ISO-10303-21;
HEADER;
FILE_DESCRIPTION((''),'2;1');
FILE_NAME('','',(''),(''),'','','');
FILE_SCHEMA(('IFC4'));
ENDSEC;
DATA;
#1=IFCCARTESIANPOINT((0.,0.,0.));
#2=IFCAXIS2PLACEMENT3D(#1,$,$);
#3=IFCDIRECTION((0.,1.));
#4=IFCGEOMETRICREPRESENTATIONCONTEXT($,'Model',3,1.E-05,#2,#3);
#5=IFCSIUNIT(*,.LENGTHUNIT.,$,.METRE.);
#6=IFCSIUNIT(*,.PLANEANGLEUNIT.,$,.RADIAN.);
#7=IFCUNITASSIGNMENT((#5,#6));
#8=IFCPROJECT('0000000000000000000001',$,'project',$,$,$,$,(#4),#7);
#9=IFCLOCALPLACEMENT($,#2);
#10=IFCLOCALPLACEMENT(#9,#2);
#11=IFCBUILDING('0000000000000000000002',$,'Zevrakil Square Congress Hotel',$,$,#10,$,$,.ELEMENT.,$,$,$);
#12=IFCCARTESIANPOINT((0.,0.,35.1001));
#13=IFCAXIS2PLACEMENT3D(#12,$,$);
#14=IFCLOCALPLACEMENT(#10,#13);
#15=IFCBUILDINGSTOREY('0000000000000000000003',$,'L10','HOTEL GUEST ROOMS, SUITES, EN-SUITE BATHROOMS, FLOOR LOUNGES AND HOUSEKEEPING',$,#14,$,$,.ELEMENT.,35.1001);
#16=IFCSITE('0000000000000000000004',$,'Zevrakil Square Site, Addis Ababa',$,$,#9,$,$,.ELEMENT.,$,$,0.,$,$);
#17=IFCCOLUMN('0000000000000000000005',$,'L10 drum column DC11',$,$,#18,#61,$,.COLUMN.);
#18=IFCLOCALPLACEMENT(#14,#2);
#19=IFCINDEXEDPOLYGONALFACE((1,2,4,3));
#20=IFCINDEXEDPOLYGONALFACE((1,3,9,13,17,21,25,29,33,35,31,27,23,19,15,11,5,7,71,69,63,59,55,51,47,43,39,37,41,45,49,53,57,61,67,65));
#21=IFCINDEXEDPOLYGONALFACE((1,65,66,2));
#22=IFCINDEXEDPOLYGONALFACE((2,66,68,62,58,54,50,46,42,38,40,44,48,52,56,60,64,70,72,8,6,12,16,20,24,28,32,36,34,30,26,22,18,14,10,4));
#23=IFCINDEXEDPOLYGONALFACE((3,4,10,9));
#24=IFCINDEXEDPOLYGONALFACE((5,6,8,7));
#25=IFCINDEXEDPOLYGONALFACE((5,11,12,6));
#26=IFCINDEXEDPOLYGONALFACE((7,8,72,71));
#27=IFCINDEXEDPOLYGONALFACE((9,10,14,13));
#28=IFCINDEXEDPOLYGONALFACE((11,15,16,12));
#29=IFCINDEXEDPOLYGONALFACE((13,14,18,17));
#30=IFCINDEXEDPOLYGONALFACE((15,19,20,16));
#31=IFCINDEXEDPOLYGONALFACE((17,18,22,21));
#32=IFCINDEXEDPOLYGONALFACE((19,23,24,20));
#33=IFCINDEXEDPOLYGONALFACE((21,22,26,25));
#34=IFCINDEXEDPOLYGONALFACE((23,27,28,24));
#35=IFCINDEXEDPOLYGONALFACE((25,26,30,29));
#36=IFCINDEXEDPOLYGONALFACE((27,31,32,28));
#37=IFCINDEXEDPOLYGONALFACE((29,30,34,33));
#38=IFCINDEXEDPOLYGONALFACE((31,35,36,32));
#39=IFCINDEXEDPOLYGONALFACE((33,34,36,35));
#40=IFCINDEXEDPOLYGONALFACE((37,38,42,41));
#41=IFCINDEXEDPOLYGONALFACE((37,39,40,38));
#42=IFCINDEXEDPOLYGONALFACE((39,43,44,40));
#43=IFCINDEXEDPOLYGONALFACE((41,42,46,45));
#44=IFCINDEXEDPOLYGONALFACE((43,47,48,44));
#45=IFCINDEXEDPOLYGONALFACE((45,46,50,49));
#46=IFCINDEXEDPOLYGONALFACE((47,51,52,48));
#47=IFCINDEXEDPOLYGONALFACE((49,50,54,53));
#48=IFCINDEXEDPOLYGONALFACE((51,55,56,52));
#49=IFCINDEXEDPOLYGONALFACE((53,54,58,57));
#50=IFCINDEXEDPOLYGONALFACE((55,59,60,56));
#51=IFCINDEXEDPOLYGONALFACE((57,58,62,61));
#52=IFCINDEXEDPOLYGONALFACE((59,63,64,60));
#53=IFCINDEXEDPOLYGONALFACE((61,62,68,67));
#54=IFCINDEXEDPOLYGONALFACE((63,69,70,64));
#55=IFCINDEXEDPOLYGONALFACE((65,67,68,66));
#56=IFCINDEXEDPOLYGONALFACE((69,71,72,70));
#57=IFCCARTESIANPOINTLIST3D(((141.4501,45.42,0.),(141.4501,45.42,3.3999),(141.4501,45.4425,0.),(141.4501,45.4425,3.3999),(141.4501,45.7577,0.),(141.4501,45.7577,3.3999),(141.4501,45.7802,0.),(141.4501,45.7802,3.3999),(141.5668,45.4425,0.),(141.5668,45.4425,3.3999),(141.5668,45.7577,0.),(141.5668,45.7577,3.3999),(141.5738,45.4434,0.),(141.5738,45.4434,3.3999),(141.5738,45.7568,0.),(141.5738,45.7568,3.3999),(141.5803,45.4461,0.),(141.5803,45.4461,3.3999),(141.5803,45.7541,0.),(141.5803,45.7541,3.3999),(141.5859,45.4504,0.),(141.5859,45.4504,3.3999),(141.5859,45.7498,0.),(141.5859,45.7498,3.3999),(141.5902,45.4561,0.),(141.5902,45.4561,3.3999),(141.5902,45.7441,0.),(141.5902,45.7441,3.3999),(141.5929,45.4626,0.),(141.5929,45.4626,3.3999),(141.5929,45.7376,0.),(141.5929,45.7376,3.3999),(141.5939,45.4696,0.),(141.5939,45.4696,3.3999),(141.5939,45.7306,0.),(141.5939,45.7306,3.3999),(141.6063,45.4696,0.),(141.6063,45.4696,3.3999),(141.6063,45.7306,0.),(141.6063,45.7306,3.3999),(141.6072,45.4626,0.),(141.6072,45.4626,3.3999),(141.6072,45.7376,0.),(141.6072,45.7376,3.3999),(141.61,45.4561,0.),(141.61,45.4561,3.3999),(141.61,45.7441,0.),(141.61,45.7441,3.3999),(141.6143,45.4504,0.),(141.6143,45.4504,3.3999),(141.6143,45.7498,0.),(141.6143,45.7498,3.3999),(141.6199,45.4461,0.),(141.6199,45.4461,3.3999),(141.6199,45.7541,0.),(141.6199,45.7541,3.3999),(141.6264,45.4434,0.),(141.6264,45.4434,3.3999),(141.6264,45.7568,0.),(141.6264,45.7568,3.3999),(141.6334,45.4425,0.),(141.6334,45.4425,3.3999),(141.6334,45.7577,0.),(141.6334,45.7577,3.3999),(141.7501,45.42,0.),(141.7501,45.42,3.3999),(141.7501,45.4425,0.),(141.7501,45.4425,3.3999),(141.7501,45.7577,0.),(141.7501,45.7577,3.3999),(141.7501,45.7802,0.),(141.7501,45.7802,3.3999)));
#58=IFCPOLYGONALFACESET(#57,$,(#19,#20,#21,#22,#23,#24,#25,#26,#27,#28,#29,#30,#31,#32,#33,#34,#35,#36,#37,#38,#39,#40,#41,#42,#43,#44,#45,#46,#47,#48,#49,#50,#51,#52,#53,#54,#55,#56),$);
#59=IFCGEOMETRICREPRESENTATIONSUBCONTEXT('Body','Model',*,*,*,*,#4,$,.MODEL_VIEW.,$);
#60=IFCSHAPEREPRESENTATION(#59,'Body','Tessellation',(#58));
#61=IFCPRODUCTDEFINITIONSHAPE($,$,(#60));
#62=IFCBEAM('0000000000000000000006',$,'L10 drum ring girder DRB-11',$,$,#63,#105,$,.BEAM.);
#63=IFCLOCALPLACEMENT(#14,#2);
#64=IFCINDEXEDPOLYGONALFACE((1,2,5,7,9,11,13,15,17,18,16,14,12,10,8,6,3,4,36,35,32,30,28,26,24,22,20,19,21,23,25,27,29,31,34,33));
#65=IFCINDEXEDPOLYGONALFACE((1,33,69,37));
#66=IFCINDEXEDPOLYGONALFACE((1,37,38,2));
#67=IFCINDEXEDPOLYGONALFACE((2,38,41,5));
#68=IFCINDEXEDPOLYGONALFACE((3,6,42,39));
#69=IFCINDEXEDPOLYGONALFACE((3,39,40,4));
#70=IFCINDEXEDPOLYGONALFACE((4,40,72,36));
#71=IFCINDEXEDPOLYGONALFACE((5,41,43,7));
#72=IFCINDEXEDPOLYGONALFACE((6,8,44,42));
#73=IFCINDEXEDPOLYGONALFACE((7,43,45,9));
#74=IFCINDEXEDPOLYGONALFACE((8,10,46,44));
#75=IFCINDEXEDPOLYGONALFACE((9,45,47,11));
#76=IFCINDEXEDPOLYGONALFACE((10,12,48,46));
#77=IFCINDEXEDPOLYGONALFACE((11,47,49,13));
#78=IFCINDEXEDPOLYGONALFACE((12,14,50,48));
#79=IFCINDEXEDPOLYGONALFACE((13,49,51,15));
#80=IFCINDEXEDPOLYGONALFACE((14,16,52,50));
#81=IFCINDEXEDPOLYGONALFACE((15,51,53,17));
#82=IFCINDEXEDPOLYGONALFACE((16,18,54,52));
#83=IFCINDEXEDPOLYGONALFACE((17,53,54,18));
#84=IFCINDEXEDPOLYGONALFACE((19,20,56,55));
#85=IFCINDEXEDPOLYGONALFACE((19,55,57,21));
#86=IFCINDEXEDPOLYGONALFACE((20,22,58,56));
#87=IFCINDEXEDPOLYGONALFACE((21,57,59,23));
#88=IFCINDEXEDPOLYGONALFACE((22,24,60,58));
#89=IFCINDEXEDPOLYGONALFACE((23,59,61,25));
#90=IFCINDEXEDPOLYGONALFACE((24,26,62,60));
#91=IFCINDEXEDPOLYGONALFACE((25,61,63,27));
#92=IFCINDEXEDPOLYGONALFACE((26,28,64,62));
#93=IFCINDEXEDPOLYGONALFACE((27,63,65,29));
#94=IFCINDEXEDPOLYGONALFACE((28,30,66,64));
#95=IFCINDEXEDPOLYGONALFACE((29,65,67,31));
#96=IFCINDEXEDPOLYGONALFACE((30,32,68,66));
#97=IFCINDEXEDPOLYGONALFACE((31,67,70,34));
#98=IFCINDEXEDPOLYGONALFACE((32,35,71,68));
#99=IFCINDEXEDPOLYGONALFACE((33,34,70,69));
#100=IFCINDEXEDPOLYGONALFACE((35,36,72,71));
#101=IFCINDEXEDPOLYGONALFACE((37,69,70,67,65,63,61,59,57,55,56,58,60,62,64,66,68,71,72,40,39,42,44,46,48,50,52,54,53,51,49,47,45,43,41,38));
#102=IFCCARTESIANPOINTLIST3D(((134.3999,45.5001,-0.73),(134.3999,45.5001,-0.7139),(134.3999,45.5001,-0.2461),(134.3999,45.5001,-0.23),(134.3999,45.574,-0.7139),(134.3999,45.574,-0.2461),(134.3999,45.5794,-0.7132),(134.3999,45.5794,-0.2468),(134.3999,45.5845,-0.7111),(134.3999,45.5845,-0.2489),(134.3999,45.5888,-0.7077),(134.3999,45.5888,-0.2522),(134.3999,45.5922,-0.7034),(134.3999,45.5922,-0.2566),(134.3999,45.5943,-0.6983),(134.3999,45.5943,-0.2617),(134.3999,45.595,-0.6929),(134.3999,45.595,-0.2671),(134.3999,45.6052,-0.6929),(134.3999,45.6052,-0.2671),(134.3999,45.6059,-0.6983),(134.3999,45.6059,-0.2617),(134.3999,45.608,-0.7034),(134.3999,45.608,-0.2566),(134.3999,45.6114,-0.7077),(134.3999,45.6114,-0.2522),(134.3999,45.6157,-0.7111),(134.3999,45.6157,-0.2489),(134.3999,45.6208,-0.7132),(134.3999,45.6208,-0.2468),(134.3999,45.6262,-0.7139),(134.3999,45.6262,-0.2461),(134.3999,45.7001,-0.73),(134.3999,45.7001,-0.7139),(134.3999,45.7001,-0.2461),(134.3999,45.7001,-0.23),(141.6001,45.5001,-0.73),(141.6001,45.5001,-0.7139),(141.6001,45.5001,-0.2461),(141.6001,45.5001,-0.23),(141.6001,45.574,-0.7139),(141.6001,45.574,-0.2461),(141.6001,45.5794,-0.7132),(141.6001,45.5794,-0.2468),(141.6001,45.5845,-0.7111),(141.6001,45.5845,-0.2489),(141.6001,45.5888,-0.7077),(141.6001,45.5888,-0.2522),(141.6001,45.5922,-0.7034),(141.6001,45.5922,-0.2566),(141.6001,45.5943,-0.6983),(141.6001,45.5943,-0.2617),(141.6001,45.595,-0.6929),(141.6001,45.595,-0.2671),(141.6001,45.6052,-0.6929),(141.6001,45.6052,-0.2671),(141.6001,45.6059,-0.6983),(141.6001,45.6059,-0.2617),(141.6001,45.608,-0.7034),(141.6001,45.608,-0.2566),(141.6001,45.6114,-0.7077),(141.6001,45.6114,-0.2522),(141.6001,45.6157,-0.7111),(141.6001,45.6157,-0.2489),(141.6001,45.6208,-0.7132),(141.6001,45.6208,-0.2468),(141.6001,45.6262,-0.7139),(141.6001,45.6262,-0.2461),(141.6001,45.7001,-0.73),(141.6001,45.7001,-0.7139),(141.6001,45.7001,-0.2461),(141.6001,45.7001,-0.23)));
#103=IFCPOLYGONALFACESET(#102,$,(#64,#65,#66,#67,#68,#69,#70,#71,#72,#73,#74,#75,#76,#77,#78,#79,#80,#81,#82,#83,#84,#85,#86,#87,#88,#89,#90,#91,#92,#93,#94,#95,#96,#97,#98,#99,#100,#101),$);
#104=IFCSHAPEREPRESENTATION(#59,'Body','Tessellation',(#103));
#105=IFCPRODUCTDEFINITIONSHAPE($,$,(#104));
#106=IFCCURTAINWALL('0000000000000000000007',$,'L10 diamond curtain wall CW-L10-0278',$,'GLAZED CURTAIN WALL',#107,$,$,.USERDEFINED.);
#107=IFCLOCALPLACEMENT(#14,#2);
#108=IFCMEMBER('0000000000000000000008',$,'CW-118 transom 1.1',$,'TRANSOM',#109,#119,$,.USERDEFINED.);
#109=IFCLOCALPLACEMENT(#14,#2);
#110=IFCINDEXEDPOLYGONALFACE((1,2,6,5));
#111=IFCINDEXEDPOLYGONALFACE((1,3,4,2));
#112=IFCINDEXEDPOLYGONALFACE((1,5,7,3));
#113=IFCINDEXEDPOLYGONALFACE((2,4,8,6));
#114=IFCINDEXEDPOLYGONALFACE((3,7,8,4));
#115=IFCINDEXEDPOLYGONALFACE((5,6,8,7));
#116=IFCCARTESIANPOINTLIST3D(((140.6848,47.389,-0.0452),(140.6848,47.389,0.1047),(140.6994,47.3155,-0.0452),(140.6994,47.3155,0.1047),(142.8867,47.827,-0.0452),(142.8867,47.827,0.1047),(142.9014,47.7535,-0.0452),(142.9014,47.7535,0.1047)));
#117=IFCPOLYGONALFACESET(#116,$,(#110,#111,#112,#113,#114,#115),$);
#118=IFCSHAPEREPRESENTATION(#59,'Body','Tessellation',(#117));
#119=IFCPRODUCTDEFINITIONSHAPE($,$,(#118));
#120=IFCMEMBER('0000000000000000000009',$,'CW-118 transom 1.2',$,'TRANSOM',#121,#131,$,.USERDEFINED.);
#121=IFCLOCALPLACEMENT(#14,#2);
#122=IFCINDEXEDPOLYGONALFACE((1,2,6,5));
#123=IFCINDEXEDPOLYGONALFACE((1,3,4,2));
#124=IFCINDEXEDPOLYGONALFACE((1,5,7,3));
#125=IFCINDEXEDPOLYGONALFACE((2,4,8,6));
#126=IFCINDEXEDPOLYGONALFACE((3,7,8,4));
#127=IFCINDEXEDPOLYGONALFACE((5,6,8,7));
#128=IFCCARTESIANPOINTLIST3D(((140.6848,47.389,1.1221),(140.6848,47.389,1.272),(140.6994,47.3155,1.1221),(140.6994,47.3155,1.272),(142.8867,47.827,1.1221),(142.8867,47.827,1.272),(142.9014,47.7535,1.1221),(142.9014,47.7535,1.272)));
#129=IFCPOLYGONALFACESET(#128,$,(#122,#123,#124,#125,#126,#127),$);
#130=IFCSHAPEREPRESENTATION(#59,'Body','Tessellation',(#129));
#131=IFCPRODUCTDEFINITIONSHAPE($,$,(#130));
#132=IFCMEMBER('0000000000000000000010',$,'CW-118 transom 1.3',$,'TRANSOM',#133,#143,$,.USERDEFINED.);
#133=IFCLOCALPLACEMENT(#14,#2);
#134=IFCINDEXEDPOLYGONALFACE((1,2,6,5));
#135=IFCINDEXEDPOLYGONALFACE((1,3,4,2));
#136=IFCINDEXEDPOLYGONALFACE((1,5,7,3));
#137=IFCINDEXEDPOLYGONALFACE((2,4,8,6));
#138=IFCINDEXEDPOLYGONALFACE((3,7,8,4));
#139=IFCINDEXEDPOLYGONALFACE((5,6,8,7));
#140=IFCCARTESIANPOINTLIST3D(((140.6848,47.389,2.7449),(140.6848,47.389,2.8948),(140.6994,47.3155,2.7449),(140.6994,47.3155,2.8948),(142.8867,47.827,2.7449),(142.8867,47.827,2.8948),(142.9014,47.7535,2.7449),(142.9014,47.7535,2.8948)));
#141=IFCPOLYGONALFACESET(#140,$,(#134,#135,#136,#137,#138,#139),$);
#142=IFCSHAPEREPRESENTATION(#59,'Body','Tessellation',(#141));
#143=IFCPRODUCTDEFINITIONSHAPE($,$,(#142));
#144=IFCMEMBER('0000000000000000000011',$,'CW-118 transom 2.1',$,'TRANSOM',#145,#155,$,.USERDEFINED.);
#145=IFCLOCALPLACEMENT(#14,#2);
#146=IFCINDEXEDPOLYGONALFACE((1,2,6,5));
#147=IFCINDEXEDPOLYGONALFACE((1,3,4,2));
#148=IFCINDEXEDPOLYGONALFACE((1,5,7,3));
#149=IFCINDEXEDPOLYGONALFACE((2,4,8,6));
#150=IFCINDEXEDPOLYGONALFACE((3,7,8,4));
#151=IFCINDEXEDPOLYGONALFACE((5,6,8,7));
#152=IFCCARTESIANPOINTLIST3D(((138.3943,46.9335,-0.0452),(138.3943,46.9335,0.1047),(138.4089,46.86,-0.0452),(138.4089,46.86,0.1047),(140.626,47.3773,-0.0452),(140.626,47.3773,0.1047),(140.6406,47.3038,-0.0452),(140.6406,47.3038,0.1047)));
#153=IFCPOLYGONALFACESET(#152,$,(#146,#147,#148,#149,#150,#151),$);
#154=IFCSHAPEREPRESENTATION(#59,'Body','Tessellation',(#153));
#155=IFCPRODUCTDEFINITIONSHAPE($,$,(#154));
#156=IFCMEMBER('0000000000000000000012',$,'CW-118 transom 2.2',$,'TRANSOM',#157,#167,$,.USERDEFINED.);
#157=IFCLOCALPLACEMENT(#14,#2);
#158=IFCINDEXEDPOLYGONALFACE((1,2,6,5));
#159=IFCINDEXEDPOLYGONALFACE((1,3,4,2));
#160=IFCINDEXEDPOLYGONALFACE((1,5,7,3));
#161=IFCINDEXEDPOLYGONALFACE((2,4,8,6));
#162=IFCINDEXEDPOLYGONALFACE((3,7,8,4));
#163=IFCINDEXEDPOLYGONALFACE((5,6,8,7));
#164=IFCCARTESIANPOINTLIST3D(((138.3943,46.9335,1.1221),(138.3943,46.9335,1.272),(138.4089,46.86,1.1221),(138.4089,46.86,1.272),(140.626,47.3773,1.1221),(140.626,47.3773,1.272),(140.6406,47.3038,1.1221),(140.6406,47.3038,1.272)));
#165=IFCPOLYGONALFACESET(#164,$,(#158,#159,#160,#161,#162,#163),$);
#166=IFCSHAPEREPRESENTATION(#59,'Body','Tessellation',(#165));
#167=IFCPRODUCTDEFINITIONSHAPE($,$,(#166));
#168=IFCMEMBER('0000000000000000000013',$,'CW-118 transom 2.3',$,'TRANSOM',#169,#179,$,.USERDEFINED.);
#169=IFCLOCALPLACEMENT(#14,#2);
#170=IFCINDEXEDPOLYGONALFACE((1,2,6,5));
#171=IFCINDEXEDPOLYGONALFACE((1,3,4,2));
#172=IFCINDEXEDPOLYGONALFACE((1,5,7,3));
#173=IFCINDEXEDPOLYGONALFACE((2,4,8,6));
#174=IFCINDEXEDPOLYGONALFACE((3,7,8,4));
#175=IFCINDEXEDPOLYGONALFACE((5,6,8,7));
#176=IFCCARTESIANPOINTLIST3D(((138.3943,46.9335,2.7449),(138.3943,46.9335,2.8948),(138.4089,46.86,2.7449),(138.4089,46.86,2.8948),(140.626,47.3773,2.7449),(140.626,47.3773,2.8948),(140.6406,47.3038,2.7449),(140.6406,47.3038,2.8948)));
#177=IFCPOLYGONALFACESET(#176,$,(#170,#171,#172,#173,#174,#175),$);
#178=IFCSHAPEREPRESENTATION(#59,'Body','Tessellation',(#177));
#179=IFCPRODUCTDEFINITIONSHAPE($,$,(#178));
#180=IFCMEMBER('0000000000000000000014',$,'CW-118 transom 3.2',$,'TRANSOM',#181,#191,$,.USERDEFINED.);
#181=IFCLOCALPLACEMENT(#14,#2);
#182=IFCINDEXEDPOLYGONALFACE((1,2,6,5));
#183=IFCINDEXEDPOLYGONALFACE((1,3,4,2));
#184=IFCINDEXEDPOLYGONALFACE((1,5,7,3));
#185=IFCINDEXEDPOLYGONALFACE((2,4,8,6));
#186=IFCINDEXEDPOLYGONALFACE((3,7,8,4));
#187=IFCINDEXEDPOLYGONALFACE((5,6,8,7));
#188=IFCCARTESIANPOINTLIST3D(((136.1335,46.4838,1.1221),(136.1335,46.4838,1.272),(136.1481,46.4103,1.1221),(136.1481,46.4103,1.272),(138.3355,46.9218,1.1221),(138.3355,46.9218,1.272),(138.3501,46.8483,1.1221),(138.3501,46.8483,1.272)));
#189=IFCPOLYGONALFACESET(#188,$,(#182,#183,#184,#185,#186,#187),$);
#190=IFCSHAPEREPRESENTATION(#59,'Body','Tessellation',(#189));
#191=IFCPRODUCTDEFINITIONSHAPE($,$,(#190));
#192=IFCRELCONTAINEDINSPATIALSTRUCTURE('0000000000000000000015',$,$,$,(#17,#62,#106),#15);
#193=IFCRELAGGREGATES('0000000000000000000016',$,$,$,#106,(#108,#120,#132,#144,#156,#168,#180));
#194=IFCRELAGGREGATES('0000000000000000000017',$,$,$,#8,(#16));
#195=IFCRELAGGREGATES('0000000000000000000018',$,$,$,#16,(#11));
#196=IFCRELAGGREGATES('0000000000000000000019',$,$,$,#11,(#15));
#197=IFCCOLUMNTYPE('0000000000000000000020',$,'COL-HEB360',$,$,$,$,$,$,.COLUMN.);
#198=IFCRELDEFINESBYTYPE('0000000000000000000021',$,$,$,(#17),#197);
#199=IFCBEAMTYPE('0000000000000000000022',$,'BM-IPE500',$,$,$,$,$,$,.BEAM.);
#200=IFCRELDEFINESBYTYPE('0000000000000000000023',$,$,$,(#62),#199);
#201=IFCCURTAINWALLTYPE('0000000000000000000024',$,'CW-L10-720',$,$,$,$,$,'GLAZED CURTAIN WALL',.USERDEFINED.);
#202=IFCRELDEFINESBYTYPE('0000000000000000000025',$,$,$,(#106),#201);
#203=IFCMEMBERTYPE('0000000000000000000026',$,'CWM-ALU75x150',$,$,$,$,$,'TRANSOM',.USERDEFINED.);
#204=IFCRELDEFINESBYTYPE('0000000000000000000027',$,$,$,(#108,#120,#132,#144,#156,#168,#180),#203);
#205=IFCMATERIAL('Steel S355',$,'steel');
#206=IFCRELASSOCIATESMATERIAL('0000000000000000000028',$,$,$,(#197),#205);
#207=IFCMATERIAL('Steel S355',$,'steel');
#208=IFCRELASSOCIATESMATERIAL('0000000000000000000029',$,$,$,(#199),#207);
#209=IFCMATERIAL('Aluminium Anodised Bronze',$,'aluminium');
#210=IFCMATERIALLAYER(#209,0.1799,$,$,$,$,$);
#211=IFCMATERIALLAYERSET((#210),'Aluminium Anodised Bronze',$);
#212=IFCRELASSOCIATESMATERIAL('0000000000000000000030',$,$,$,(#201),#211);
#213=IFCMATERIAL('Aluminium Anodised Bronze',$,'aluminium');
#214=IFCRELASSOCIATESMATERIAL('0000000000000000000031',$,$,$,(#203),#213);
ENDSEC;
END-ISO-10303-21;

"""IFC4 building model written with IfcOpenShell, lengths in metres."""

from ifc_helpers import new_model, si_unit, direction, frame, origin, origin_2d, place, context, subcontext, project, spatial, rectangle, i_section, extrude, material, layer, layer_set, material_profile, profile_set, type_object, element, aggregate, save


model = new_model("IFC4")

# Units and contexts
model_context = context("Model", 3, precision=1e-05, world=origin(), true_north=direction((0.0, 1.0)))
body_context = subcontext(model_context, "Body", "Model", "MODEL_VIEW")
ifc_project = project(units=[si_unit("LENGTHUNIT", "METRE"), si_unit("PLANEANGLEUNIT", "RADIAN")], contexts=[model_context])

# Site, building, storey
site_placement = place(None, origin())
site = spatial("IfcSite", under=ifc_project, at=site_placement, Name="Zevrakil Square Site, Addis Ababa", CompositionType="ELEMENT", RefElevation=0.0)
building_placement = place(site_placement, origin())
building = spatial("IfcBuilding", under=site, at=building_placement, Name="Zevrakil Square Congress Hotel", CompositionType="ELEMENT")
storey_placement = place(building_placement, frame((0.0, 0.0, 35.1001)))
storey = spatial("IfcBuildingStorey", under=building, at=storey_placement, Name="L10", Description="HOTEL GUEST ROOMS, SUITES, EN-SUITE BATHROOMS, FLOOR LOUNGES AND HOUSEKEEPING", CompositionType="ELEMENT", Elevation=35.1001)

# Column
ifc_material_1 = material(Name="Steel S355", Category="steel")
ifc_material_profile_1 = material_profile(ifc_material_1, i_section(OverallWidth=0.3, OverallDepth=0.3601, WebThickness=0.0125, FlangeThickness=0.0225, FilletRadius=0.0271, at=origin_2d()), Name="HEB 360")
ifc_profile_set_1 = profile_set([ifc_material_profile_1], Name="Steel S355")
column_type = type_object("IfcColumnType", Name="COL-HEB360", PredefinedType="COLUMN", material=ifc_profile_set_1)
column_placement = place(storey_placement, frame((141.6001, 45.6001, 0.0), z_axis=(0.0, 0.0, 1.0), x_axis=(1.0, 0.0, 0.0)))
element("IfcColumn", 1, at=column_placement, inside=storey, type_object=column_type, Name="L10 drum column DC11", PredefinedType="COLUMN", context=body_context, shape_type="SweptSolid", body=[
    extrude(i_section(OverallWidth=0.3, OverallDepth=0.3601, WebThickness=0.0125, FlangeThickness=0.0225, FilletRadius=0.0271, at=origin_2d()), origin(), (0.0, 0.0, 1.0), 3.3999),
])

# Beam
ifc_material_2 = material(Name="Steel S355", Category="steel")
ifc_material_profile_2 = material_profile(ifc_material_2, i_section(OverallWidth=0.2, OverallDepth=0.5, WebThickness=0.0103, FlangeThickness=0.0161, FilletRadius=0.021, at=origin_2d()), Name="IPE 500")
ifc_profile_set_2 = profile_set([ifc_material_profile_2], Name="Steel S355")
beam_type_1 = type_object("IfcBeamType", Name="BM-IPE500", PredefinedType="BEAM", material=ifc_profile_set_2)
beam_1_placement = place(storey_placement, frame((141.6001, 45.6001, -0.48), z_axis=(-1.0, 0.0, 0.0), x_axis=(0.0, -1.0, 0.0)))
element("IfcBeam", 2, at=beam_1_placement, inside=storey, type_object=beam_type_1, Name="L10 drum ring girder DRB-11", PredefinedType="BEAM", context=body_context, shape_type="SweptSolid", body=[
    extrude(i_section(OverallWidth=0.2, OverallDepth=0.5, WebThickness=0.0103, FlangeThickness=0.0161, FilletRadius=0.021, at=origin_2d()), origin(), (0.0, 0.0, 1.0), 7.2002),
])

# Curtain wall, members
ifc_material_3 = material(Name="Aluminium Anodised Bronze", Category="aluminium")
ifc_layer_1 = layer(ifc_material_3, 0.1799)
ifc_layer_set_1 = layer_set([ifc_layer_1], Name="Aluminium Anodised Bronze")
curtain_wall_type_1 = type_object("IfcCurtainWallType", Name="CW-L10-720", ElementType="GLAZED CURTAIN WALL", PredefinedType="USERDEFINED", material=ifc_layer_set_1)
curtain_wall_1_placement = place(storey_placement, origin())
curtain_wall_1 = element("IfcCurtainWall", 3, at=curtain_wall_1_placement, inside=storey, type_object=curtain_wall_type_1, Name="L10 diamond curtain wall CW-L10-0278", ObjectType="GLAZED CURTAIN WALL", PredefinedType="USERDEFINED")
ifc_material_4 = material(Name="Aluminium Anodised Bronze", Category="aluminium")
ifc_material_profile_3 = material_profile(ifc_material_4, rectangle(XDim=0.075, YDim=0.1499, at=origin_2d()), Name="ALU 75x150")
ifc_profile_set_3 = profile_set([ifc_material_profile_3], Name="Aluminium Anodised Bronze")
member_type_1 = type_object("IfcMemberType", Name="CWM-ALU75x150", ElementType="TRANSOM", PredefinedType="USERDEFINED", material=ifc_profile_set_3)
member_1_placement = place(storey_placement, frame((142.894, 47.7903, 0.0298), z_axis=(-0.980785, -0.195091, 0.0), x_axis=(0.195091, -0.980785, 0.0)))
member_1 = element("IfcMember", 4, at=member_1_placement, type_object=member_type_1, Name="CW-118 transom 1.1", ObjectType="TRANSOM", PredefinedType="USERDEFINED", context=body_context, shape_type="SweptSolid", body=[
    extrude(rectangle(XDim=0.075, YDim=0.1499, at=origin_2d()), origin(), (0.0, 0.0, 1.0), 2.2451),
])
member_2_placement = place(storey_placement, frame((142.894, 47.7903, 1.197), z_axis=(-0.980785, -0.195091, 0.0), x_axis=(0.195091, -0.980785, 0.0)))
member_2 = element("IfcMember", 5, at=member_2_placement, type_object=member_type_1, Name="CW-118 transom 1.2", ObjectType="TRANSOM", PredefinedType="USERDEFINED", context=body_context, shape_type="SweptSolid", body=[
    extrude(rectangle(XDim=0.075, YDim=0.1499, at=origin_2d()), origin(), (0.0, 0.0, 1.0), 2.2451),
])
member_3_placement = place(storey_placement, frame((142.894, 47.7903, 2.8198), z_axis=(-0.980785, -0.195091, 0.0), x_axis=(0.195091, -0.980785, 0.0)))
member_3 = element("IfcMember", 6, at=member_3_placement, type_object=member_type_1, Name="CW-118 transom 1.3", ObjectType="TRANSOM", PredefinedType="USERDEFINED", context=body_context, shape_type="SweptSolid", body=[
    extrude(rectangle(XDim=0.075, YDim=0.1499, at=origin_2d()), origin(), (0.0, 0.0, 1.0), 2.2451),
])
member_4_placement = place(storey_placement, frame((140.6333, 47.3406, 0.0298), z_axis=(-0.980791, -0.195064, 0.0), x_axis=(0.195064, -0.980791, 0.0)))
member_4 = element("IfcMember", 7, at=member_4_placement, type_object=member_type_1, Name="CW-118 transom 2.1", ObjectType="TRANSOM", PredefinedType="USERDEFINED", context=body_context, shape_type="SweptSolid", body=[
    extrude(rectangle(XDim=0.075, YDim=0.1499, at=origin_2d()), origin(), (0.0, 0.0, 1.0), 2.2754),
])
member_5_placement = place(storey_placement, frame((140.6333, 47.3406, 1.197), z_axis=(-0.980791, -0.195064, 0.0), x_axis=(0.195064, -0.980791, 0.0)))
member_5 = element("IfcMember", 8, at=member_5_placement, type_object=member_type_1, Name="CW-118 transom 2.2", ObjectType="TRANSOM", PredefinedType="USERDEFINED", context=body_context, shape_type="SweptSolid", body=[
    extrude(rectangle(XDim=0.075, YDim=0.1499, at=origin_2d()), origin(), (0.0, 0.0, 1.0), 2.2754),
])
member_6_placement = place(storey_placement, frame((140.6333, 47.3406, 2.8198), z_axis=(-0.980791, -0.195064, 0.0), x_axis=(0.195064, -0.980791, 0.0)))
member_6 = element("IfcMember", 9, at=member_6_placement, type_object=member_type_1, Name="CW-118 transom 2.3", ObjectType="TRANSOM", PredefinedType="USERDEFINED", context=body_context, shape_type="SweptSolid", body=[
    extrude(rectangle(XDim=0.075, YDim=0.1499, at=origin_2d()), origin(), (0.0, 0.0, 1.0), 2.2754),
])
member_7_placement = place(storey_placement, frame((138.3428, 46.885, 1.197), z_axis=(-0.980785, -0.195091, 0.0), x_axis=(0.195091, -0.980785, 0.0)))
member_7 = element("IfcMember", 10, at=member_7_placement, type_object=member_type_1, Name="CW-118 transom 3.2", ObjectType="TRANSOM", PredefinedType="USERDEFINED", context=body_context, shape_type="SweptSolid", body=[
    extrude(rectangle(XDim=0.075, YDim=0.1499, at=origin_2d()), origin(), (0.0, 0.0, 1.0), 2.2451),
])

aggregate(curtain_wall_1, [member_1, member_2, member_3, member_4, member_5, member_6, member_7])

save(model, "model.ifc")
